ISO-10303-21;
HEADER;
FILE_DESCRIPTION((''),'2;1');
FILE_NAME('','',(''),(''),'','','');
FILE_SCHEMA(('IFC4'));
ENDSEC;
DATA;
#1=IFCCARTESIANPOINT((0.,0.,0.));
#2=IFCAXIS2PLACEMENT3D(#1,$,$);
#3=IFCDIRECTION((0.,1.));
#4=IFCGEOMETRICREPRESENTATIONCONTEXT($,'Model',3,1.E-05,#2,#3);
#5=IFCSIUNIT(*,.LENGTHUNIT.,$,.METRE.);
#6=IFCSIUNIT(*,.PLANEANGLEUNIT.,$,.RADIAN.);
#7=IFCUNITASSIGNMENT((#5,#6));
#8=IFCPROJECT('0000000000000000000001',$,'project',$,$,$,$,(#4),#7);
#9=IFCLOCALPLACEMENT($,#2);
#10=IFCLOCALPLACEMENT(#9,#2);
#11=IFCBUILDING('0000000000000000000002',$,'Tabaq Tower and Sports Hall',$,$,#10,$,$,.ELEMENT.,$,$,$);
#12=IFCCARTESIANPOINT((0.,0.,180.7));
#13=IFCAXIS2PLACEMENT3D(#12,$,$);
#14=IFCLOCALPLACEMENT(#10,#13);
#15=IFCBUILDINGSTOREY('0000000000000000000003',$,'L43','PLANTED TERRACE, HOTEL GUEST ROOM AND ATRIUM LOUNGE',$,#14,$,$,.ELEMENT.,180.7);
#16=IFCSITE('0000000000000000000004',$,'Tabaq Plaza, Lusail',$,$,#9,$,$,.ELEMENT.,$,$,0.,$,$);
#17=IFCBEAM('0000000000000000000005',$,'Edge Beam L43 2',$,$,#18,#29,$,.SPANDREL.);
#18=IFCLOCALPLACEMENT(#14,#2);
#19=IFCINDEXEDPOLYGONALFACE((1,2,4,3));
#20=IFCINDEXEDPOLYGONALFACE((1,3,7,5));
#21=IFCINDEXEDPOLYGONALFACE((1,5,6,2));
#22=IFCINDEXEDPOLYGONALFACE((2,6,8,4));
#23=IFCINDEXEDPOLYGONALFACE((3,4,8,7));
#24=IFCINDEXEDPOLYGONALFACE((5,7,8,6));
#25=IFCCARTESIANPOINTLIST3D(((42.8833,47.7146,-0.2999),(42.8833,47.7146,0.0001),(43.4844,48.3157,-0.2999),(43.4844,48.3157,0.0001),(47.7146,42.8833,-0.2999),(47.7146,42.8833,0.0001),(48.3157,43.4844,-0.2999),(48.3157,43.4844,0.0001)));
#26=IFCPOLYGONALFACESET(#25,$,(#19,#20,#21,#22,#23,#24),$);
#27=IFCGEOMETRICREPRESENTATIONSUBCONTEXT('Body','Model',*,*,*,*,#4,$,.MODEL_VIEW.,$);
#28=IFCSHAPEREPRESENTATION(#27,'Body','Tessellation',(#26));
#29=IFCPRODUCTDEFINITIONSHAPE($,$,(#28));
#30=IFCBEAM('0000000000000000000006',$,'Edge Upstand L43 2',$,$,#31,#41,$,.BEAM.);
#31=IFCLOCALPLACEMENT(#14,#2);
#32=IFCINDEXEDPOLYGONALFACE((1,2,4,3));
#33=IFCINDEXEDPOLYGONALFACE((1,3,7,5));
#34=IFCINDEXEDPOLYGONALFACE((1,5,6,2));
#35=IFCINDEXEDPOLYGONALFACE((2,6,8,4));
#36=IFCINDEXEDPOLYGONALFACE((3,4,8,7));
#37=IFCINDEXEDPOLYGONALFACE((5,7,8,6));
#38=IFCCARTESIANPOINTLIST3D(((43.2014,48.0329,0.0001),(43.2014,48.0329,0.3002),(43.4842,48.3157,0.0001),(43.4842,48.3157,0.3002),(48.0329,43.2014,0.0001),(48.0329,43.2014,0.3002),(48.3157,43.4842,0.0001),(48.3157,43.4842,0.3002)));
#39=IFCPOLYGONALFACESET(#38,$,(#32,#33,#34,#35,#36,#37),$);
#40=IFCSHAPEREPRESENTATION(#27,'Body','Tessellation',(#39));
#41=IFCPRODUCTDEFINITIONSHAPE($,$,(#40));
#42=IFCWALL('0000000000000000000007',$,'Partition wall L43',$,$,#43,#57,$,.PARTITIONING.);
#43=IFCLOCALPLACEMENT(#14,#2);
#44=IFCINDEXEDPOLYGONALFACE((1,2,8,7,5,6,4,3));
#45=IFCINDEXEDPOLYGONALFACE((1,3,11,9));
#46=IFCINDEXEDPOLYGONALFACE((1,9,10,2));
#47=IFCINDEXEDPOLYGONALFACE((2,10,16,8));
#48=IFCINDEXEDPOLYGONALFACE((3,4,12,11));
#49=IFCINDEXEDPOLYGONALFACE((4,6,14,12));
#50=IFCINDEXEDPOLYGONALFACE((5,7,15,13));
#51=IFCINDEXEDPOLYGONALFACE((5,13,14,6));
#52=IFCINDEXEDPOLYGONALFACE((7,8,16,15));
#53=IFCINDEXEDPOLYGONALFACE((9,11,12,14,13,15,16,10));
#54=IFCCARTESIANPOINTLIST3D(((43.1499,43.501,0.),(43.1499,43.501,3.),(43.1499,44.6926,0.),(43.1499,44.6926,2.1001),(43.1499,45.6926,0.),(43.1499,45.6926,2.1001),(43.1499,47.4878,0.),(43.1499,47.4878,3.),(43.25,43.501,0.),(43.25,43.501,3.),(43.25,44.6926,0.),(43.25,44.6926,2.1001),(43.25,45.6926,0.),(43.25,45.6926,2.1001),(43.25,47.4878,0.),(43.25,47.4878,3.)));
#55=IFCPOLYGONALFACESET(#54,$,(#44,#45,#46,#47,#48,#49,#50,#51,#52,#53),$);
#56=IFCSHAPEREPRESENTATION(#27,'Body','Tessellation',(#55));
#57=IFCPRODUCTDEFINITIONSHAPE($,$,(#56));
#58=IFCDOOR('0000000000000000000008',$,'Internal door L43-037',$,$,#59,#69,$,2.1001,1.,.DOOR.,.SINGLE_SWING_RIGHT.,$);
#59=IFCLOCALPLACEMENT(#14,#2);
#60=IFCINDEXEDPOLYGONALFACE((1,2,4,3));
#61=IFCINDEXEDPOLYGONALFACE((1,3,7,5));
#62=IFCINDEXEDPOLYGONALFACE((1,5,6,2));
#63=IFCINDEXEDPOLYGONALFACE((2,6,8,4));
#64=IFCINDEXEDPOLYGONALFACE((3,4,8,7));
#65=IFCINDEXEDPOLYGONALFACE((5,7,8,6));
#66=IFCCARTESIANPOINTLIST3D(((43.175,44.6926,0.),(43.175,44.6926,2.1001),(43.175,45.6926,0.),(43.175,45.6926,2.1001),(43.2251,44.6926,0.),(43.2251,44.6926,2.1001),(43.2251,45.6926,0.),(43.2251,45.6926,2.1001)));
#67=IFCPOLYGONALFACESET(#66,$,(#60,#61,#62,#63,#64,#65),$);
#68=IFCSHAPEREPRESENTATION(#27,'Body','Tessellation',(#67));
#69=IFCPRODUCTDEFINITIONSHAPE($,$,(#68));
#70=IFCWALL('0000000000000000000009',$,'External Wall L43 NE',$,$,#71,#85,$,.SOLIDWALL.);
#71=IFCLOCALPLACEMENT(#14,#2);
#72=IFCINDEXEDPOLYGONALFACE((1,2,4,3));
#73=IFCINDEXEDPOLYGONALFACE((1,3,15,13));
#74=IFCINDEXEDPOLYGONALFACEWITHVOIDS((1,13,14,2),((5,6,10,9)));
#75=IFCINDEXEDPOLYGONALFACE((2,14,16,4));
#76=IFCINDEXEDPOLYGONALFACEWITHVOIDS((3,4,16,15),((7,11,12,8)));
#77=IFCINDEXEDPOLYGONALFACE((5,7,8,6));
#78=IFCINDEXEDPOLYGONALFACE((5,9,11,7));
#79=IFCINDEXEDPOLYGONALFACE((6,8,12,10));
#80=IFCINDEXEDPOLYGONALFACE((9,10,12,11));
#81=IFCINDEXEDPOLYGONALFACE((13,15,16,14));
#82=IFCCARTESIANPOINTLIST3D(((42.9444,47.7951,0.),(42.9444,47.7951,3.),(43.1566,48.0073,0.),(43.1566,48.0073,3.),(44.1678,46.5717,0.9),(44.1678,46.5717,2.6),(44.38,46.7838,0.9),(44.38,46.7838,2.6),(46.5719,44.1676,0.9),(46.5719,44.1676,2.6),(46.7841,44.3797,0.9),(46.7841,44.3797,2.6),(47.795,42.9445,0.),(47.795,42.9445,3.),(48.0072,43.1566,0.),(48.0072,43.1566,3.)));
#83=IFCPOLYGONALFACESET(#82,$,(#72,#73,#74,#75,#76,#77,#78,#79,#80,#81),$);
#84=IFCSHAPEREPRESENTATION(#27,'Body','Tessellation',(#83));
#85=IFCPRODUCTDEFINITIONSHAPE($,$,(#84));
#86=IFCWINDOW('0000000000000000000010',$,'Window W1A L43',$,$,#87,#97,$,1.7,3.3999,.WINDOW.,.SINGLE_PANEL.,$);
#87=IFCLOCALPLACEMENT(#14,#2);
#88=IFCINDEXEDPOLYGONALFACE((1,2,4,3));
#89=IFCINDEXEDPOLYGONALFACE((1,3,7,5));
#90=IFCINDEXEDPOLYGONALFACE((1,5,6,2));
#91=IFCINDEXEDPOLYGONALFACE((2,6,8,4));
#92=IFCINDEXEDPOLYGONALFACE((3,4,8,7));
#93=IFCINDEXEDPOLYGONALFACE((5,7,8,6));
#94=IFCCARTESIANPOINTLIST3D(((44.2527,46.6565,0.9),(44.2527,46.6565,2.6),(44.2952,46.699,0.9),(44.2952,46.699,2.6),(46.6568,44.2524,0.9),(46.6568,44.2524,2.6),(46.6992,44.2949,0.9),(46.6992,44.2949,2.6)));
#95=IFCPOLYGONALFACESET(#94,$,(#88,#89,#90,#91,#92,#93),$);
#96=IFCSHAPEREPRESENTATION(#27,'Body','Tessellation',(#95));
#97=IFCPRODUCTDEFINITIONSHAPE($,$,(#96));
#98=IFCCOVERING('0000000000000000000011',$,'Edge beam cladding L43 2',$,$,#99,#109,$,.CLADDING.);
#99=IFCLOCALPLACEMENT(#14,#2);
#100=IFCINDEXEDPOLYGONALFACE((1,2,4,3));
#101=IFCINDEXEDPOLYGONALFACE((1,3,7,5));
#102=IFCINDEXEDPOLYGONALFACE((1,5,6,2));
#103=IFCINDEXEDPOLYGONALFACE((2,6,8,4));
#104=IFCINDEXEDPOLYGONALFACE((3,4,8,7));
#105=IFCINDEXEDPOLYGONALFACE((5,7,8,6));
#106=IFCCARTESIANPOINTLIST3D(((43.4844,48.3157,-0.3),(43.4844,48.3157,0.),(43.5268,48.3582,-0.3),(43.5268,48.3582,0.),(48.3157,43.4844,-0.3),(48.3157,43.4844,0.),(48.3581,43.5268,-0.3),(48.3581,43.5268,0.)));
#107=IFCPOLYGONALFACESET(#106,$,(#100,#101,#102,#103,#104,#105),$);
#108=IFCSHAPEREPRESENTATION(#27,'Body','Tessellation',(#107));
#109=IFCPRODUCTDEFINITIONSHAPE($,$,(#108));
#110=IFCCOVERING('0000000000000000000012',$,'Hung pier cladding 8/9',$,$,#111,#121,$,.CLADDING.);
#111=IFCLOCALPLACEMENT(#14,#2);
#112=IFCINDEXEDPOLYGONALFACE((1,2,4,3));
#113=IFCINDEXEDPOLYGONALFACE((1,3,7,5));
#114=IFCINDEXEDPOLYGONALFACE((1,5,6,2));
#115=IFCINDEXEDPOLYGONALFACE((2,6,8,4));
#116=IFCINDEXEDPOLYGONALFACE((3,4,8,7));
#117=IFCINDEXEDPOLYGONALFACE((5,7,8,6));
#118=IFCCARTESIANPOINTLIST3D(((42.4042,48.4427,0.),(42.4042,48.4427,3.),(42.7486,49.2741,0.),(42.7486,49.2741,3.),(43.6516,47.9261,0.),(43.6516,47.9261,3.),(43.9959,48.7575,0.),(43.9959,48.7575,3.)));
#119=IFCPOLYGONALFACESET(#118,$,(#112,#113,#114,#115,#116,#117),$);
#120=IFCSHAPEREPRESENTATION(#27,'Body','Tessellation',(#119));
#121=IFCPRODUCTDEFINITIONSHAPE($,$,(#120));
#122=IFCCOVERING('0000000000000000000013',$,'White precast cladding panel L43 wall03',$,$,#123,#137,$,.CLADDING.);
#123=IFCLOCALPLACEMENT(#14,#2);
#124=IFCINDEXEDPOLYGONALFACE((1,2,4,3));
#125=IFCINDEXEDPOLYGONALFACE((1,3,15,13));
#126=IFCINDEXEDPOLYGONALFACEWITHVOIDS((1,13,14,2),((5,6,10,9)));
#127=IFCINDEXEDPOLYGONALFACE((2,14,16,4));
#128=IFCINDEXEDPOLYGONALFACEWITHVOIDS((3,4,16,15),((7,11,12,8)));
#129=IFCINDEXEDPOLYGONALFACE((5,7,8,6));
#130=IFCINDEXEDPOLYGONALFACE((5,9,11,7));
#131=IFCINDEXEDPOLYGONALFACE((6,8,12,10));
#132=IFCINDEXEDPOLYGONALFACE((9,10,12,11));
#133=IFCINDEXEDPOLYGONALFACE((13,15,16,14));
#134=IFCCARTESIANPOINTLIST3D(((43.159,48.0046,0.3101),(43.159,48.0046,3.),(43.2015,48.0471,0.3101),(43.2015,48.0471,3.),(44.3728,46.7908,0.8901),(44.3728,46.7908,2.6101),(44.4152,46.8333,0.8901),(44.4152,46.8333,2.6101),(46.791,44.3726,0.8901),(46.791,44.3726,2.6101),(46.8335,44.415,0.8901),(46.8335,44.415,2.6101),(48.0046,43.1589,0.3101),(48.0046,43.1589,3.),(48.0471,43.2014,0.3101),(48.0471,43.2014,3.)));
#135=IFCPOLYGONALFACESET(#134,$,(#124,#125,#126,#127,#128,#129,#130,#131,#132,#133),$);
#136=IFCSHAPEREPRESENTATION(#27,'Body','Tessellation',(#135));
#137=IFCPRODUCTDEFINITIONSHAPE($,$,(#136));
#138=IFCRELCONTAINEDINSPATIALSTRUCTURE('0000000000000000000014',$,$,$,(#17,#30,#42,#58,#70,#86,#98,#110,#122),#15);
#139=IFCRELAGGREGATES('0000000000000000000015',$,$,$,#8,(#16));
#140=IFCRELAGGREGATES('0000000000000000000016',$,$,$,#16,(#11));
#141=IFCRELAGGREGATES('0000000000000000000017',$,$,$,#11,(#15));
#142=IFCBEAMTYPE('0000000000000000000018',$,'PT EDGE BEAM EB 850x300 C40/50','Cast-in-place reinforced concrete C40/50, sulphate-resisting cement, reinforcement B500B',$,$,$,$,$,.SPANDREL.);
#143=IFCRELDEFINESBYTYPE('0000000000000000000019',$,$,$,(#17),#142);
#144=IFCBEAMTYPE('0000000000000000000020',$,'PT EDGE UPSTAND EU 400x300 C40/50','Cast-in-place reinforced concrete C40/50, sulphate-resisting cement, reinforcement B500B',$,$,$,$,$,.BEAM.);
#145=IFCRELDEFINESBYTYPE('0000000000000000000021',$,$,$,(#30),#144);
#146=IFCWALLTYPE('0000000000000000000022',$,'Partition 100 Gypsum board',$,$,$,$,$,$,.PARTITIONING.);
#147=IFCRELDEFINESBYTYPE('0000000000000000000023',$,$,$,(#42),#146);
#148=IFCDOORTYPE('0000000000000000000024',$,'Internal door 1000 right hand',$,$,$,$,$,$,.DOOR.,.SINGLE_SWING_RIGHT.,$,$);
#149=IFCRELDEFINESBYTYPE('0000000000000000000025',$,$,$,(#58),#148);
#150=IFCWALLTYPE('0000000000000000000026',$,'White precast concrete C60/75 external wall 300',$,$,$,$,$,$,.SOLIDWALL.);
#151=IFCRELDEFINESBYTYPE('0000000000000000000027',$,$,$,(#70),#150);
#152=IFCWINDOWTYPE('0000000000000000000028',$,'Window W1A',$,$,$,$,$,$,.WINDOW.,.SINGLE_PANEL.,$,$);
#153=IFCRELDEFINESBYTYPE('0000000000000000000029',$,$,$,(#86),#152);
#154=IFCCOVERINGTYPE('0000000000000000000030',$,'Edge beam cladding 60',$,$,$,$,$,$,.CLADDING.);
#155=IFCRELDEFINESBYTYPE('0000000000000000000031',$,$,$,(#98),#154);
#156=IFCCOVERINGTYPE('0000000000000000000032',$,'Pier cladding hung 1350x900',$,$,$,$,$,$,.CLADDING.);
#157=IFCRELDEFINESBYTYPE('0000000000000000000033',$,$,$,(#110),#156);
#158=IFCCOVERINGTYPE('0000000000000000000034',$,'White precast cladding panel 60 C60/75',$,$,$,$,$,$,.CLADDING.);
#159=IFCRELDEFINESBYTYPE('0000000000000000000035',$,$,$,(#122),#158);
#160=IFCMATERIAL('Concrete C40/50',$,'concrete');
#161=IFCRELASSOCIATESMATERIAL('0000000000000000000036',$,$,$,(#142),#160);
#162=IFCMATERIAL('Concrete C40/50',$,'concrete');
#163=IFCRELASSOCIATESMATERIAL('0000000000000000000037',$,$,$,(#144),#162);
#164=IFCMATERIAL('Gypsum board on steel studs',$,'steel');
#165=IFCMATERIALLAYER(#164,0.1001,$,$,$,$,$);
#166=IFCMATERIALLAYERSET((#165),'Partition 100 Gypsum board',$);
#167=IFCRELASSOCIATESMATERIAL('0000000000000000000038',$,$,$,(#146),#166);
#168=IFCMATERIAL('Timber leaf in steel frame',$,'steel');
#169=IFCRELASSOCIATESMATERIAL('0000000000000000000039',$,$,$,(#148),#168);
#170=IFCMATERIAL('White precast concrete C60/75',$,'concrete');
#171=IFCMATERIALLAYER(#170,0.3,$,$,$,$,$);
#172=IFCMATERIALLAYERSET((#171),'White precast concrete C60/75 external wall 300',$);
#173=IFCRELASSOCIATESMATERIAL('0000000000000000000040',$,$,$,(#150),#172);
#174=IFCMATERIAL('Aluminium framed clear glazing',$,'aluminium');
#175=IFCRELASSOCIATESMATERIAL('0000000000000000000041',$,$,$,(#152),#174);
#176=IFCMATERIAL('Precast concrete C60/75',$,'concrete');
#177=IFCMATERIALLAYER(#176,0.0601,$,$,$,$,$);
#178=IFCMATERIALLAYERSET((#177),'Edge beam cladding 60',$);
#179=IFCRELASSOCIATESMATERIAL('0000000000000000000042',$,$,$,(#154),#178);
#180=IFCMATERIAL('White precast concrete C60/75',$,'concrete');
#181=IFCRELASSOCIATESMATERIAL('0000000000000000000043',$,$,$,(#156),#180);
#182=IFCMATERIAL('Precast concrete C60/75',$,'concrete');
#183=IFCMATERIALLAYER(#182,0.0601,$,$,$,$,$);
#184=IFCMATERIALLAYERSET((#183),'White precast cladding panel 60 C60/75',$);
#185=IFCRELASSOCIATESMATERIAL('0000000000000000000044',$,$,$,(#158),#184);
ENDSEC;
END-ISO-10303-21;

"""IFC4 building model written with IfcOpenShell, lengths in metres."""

from ifc_helpers import new_model, si_unit, direction, frame, frame_2d, origin, origin_2d, place, context, subcontext, project, spatial, polyline, rectangle, outline, extrude, material, layer, layer_set, material_profile, profile_set, type_object, element, fill, save


model = new_model("IFC4")

# Units and contexts
model_context = context("Model", 3, precision=1e-05, world=origin(), true_north=direction((0.0, 1.0)))
body_context = subcontext(model_context, "Body", "Model", "MODEL_VIEW")
ifc_project = project(units=[si_unit("LENGTHUNIT", "METRE"), si_unit("PLANEANGLEUNIT", "RADIAN")], contexts=[model_context])

# Site, building, storey
site_placement = place(None, origin())
site = spatial("IfcSite", under=ifc_project, at=site_placement, Name="Tabaq Plaza, Lusail", CompositionType="ELEMENT", RefElevation=0.0)
building_placement = place(site_placement, origin())
building = spatial("IfcBuilding", under=site, at=building_placement, Name="Tabaq Tower and Sports Hall", CompositionType="ELEMENT")
storey_placement = place(building_placement, frame((0.0, 0.0, 180.7)))
storey = spatial("IfcBuildingStorey", under=building, at=storey_placement, Name="L43", Description="PLANTED TERRACE, HOTEL GUEST ROOM AND ATRIUM LOUNGE", CompositionType="ELEMENT", Elevation=180.7)

# Beams
ifc_material_1 = material(Name="Concrete C40/50", Category="concrete")
ifc_material_profile_1 = material_profile(ifc_material_1, rectangle(XDim=0.8501, YDim=0.3, at=origin_2d()), Name="EB 850x300")
ifc_profile_set_1 = profile_set([ifc_material_profile_1], Name="Concrete C40/50")
beam_type_1 = type_object("IfcBeamType", Name="PT EDGE BEAM EB 850x300 C40/50", Description="Cast-in-place reinforced concrete C40/50, sulphate-resisting cement, reinforcement B500B", PredefinedType="SPANDREL", material=ifc_profile_set_1)
beam_1_placement = place(storey_placement, frame((48.0151, 43.1838, -0.1499), z_axis=(-0.707107, 0.707107, 0.0), x_axis=(-0.707107, -0.707107, 0.0)))
element("IfcBeam", 1, at=beam_1_placement, inside=storey, type_object=beam_type_1, Name="Edge Beam L43 2", PredefinedType="SPANDREL", context=body_context, shape_type="SweptSolid", body=[
    extrude(rectangle(XDim=0.8501, YDim=0.3, at=origin_2d()), origin(), (0.0, 0.0, 1.0), 6.8325),
])
ifc_material_2 = material(Name="Concrete C40/50", Category="concrete")
ifc_material_profile_2 = material_profile(ifc_material_2, rectangle(XDim=0.3999, YDim=0.3, at=origin_2d()), Name="EU 400x300")
ifc_profile_set_2 = profile_set([ifc_material_profile_2], Name="Concrete C40/50")
beam_type_2 = type_object("IfcBeamType", Name="PT EDGE UPSTAND EU 400x300 C40/50", Description="Cast-in-place reinforced concrete C40/50, sulphate-resisting cement, reinforcement B500B", PredefinedType="BEAM", material=ifc_profile_set_2)
beam_2_placement = place(storey_placement, frame((48.1743, 43.3428, 0.1501), z_axis=(-0.707107, 0.707107, 0.0), x_axis=(-0.707107, -0.707107, 0.0)))
element("IfcBeam", 2, at=beam_2_placement, inside=storey, type_object=beam_type_2, Name="Edge Upstand L43 2", PredefinedType="BEAM", context=body_context, shape_type="SweptSolid", body=[
    extrude(rectangle(XDim=0.3999, YDim=0.3, at=origin_2d()), origin(), (0.0, 0.0, 1.0), 6.8328),
])

# Wall, opening, door
ifc_material_3 = material(Name="Gypsum board on steel studs", Category="steel")
ifc_layer_1 = layer(ifc_material_3, 0.1001)
ifc_layer_set_1 = layer_set([ifc_layer_1], Name="Partition 100 Gypsum board")
wall_type_1 = type_object("IfcWallType", Name="Partition 100 Gypsum board", PredefinedType="PARTITIONING", material=ifc_layer_set_1)
wall_1_placement = place(storey_placement, frame((43.2, 43.501, 0.0), z_axis=(0.0, 0.0, 1.0), x_axis=(0.0, 1.0, 0.0)))
wall_1 = element("IfcWall", 3, at=wall_1_placement, inside=storey, type_object=wall_type_1, Name="Partition wall L43", PredefinedType="PARTITIONING", context=body_context, shape_type="SweptSolid", body=[
    extrude(rectangle(XDim=3.9868, YDim=0.1001, at=frame_2d((1.9934, 0.0))), origin(), (0.0, 0.0, 1.0), 3.0),
])
opening_1_placement = place(wall_1_placement, frame((1.1917, 0.0, 0.0)))
opening_1 = element("IfcOpeningElement", 4, at=opening_1_placement, cuts=wall_1, PredefinedType="OPENING", context=body_context, shape_type="SweptSolid", body=[
    extrude(rectangle(XDim=1.0, YDim=2.1001, at=frame_2d((0.5, 1.05))), frame((0.0, 0.05, 0.0), z_axis=(0.0, -1.0, 0.0), x_axis=(1.0, 0.0, 0.0)), (0.0, 0.0, 1.0), 0.1001),
])
ifc_material_4 = material(Name="Timber leaf in steel frame", Category="steel")
door_type = type_object("IfcDoorType", Name="Internal door 1000 right hand", OperationType="SINGLE_SWING_RIGHT", PredefinedType="DOOR", material=ifc_material_4)
door_placement = place(opening_1_placement, origin())
door = element("IfcDoor", 5, at=door_placement, inside=storey, type_object=door_type, Name="Internal door L43-037", OperationType="SINGLE_SWING_RIGHT", OverallHeight=2.1001, OverallWidth=1.0, PredefinedType="DOOR", context=body_context, shape_type="SweptSolid", body=[
    extrude(rectangle(XDim=1.0, YDim=2.1001, at=frame_2d((0.5, 1.05))), frame((0.0, 0.0249, 0.0), z_axis=(0.0, -1.0, 0.0), x_axis=(1.0, 0.0, 0.0)), (0.0, 0.0, 1.0), 0.05),
])
fill(opening_1, door)

# Wall, opening, window
ifc_material_5 = material(Name="White precast concrete C60/75", Category="concrete")
ifc_layer_2 = layer(ifc_material_5, 0.3)
ifc_layer_set_2 = layer_set([ifc_layer_2], Name="White precast concrete C60/75 external wall 300")
wall_type_2 = type_object("IfcWallType", Name="White precast concrete C60/75 external wall 300", PredefinedType="SOLIDWALL", material=ifc_layer_set_2)
wall_2_placement = place(storey_placement, frame((47.9011, 43.0505, 0.0), z_axis=(0.0, 0.0, 1.0), x_axis=(-0.707107, 0.707107, 0.0)))
wall_2 = element("IfcWall", 6, at=wall_2_placement, inside=storey, type_object=wall_type_2, Name="External Wall L43 NE", PredefinedType="SOLIDWALL", context=body_context, shape_type="SweptSolid", body=[
    extrude(rectangle(XDim=6.8599, YDim=0.3, at=frame_2d((3.4299, 0.0))), origin(), (0.0, 0.0, 1.0), 3.0),
])
opening_2_placement = place(wall_2_placement, frame((1.7297, 0.0, 0.8999)))
opening_2 = element("IfcOpeningElement", 7, at=opening_2_placement, cuts=wall_2, PredefinedType="OPENING", context=body_context, shape_type="SweptSolid", body=[
    extrude(rectangle(XDim=3.3999, YDim=1.7, at=frame_2d((1.7, 0.8501))), frame((0.0, 0.1602, 0.0), z_axis=(0.0, -1.0, 0.0), x_axis=(1.0, 0.0, 0.0)), (0.0, 0.0, 1.0), 0.3201),
])
ifc_material_6 = material(Name="Aluminium framed clear glazing", Category="aluminium")
window_type = type_object("IfcWindowType", Name="Window W1A", PartitioningType="SINGLE_PANEL", PredefinedType="WINDOW", material=ifc_material_6)
window_placement = place(opening_2_placement, origin())
window = element("IfcWindow", 8, at=window_placement, inside=storey, type_object=window_type, Name="Window W1A L43", OverallHeight=1.7, OverallWidth=3.3999, PartitioningType="SINGLE_PANEL", PredefinedType="WINDOW", context=body_context, shape_type="SweptSolid", body=[
    extrude(rectangle(XDim=3.3999, YDim=1.7, at=frame_2d((1.7, 0.8501))), frame((0.0, 0.03, 0.0), z_axis=(0.0, -1.0, 0.0), x_axis=(1.0, 0.0, 0.0)), (0.0, 0.0, 1.0), 0.0601),
])
fill(opening_2, window)

# Coverings
ifc_material_7 = material(Name="Precast concrete C60/75", Category="concrete")
ifc_layer_3 = layer(ifc_material_7, 0.0601)
ifc_layer_set_3 = layer_set([ifc_layer_3], Name="Edge beam cladding 60")
covering_type_1 = type_object("IfcCoveringType", Name="Edge beam cladding 60", PredefinedType="CLADDING", material=ifc_layer_set_3)
covering_1_placement = place(storey_placement, frame((48.3369, 43.5056, -0.3), z_axis=(0.0, 0.0, 1.0), x_axis=(-0.707107, 0.707107, 0.0)))
element("IfcCovering", 9, at=covering_1_placement, inside=storey, type_object=covering_type_1, Name="Edge beam cladding L43 2", PredefinedType="CLADDING", context=body_context, shape_type="SweptSolid", body=[
    extrude(rectangle(XDim=6.8325, YDim=0.0601, at=frame_2d((3.4163, 0.0))), origin(), (0.0, 0.0, 1.0), 0.3),
])
ifc_material_8 = material(Name="White precast concrete C60/75", Category="concrete")
covering_type_2 = type_object("IfcCoveringType", Name="Pier cladding hung 1350x900", PredefinedType="CLADDING", material=ifc_material_8)
covering_2_placement = place(storey_placement, frame((43.8237, 48.3418, 0.0), z_axis=(0.0, 0.0, 1.0), x_axis=(-0.923893, 0.38265, 0.0)))
element("IfcCovering", 10, at=covering_2_placement, inside=storey, type_object=covering_type_2, Name="Hung pier cladding 8/9", PredefinedType="CLADDING", context=body_context, shape_type="SweptSolid", body=[
    extrude(rectangle(XDim=1.3501, YDim=0.8999, at=frame_2d((0.675, 0.0))), origin(), (0.0, 0.0, 1.0), 3.0),
])
ifc_material_9 = material(Name="Precast concrete C60/75", Category="concrete")
ifc_layer_4 = layer(ifc_material_9, 0.0601)
ifc_layer_set_4 = layer_set([ifc_layer_4], Name="White precast cladding panel 60 C60/75")
covering_type_3 = type_object("IfcCoveringType", Name="White precast cladding panel 60 C60/75", PredefinedType="CLADDING", material=ifc_layer_set_4)
covering_3_placement = place(storey_placement, frame((48.0259, 43.1802, 0.3101), z_axis=(0.0, 0.0, 1.0), x_axis=(-0.707107, 0.707107, 0.0)))
element("IfcCovering", 11, at=covering_3_placement, inside=storey, type_object=covering_type_3, Name="White precast cladding panel L43 wall03", PredefinedType="CLADDING", context=body_context, shape_type="SweptSolid", body=[
    extrude(outline(polyline([(0.0, 0.0), (6.8528, 0.0), (6.8528, 2.6899), (0.0, 2.6899), (0.0, 0.0)]), holes=[polyline([(1.7163, 0.5801), (1.7163, 2.3), (5.1362, 2.3), (5.1362, 0.5801), (1.7163, 0.5801)])]), frame((0.0, 0.03, 0.0), z_axis=(0.0, -1.0, 0.0), x_axis=(1.0, 0.0, 0.0)), (0.0, 0.0, 1.0), 0.0601),
])

save(model, "model.ifc")
